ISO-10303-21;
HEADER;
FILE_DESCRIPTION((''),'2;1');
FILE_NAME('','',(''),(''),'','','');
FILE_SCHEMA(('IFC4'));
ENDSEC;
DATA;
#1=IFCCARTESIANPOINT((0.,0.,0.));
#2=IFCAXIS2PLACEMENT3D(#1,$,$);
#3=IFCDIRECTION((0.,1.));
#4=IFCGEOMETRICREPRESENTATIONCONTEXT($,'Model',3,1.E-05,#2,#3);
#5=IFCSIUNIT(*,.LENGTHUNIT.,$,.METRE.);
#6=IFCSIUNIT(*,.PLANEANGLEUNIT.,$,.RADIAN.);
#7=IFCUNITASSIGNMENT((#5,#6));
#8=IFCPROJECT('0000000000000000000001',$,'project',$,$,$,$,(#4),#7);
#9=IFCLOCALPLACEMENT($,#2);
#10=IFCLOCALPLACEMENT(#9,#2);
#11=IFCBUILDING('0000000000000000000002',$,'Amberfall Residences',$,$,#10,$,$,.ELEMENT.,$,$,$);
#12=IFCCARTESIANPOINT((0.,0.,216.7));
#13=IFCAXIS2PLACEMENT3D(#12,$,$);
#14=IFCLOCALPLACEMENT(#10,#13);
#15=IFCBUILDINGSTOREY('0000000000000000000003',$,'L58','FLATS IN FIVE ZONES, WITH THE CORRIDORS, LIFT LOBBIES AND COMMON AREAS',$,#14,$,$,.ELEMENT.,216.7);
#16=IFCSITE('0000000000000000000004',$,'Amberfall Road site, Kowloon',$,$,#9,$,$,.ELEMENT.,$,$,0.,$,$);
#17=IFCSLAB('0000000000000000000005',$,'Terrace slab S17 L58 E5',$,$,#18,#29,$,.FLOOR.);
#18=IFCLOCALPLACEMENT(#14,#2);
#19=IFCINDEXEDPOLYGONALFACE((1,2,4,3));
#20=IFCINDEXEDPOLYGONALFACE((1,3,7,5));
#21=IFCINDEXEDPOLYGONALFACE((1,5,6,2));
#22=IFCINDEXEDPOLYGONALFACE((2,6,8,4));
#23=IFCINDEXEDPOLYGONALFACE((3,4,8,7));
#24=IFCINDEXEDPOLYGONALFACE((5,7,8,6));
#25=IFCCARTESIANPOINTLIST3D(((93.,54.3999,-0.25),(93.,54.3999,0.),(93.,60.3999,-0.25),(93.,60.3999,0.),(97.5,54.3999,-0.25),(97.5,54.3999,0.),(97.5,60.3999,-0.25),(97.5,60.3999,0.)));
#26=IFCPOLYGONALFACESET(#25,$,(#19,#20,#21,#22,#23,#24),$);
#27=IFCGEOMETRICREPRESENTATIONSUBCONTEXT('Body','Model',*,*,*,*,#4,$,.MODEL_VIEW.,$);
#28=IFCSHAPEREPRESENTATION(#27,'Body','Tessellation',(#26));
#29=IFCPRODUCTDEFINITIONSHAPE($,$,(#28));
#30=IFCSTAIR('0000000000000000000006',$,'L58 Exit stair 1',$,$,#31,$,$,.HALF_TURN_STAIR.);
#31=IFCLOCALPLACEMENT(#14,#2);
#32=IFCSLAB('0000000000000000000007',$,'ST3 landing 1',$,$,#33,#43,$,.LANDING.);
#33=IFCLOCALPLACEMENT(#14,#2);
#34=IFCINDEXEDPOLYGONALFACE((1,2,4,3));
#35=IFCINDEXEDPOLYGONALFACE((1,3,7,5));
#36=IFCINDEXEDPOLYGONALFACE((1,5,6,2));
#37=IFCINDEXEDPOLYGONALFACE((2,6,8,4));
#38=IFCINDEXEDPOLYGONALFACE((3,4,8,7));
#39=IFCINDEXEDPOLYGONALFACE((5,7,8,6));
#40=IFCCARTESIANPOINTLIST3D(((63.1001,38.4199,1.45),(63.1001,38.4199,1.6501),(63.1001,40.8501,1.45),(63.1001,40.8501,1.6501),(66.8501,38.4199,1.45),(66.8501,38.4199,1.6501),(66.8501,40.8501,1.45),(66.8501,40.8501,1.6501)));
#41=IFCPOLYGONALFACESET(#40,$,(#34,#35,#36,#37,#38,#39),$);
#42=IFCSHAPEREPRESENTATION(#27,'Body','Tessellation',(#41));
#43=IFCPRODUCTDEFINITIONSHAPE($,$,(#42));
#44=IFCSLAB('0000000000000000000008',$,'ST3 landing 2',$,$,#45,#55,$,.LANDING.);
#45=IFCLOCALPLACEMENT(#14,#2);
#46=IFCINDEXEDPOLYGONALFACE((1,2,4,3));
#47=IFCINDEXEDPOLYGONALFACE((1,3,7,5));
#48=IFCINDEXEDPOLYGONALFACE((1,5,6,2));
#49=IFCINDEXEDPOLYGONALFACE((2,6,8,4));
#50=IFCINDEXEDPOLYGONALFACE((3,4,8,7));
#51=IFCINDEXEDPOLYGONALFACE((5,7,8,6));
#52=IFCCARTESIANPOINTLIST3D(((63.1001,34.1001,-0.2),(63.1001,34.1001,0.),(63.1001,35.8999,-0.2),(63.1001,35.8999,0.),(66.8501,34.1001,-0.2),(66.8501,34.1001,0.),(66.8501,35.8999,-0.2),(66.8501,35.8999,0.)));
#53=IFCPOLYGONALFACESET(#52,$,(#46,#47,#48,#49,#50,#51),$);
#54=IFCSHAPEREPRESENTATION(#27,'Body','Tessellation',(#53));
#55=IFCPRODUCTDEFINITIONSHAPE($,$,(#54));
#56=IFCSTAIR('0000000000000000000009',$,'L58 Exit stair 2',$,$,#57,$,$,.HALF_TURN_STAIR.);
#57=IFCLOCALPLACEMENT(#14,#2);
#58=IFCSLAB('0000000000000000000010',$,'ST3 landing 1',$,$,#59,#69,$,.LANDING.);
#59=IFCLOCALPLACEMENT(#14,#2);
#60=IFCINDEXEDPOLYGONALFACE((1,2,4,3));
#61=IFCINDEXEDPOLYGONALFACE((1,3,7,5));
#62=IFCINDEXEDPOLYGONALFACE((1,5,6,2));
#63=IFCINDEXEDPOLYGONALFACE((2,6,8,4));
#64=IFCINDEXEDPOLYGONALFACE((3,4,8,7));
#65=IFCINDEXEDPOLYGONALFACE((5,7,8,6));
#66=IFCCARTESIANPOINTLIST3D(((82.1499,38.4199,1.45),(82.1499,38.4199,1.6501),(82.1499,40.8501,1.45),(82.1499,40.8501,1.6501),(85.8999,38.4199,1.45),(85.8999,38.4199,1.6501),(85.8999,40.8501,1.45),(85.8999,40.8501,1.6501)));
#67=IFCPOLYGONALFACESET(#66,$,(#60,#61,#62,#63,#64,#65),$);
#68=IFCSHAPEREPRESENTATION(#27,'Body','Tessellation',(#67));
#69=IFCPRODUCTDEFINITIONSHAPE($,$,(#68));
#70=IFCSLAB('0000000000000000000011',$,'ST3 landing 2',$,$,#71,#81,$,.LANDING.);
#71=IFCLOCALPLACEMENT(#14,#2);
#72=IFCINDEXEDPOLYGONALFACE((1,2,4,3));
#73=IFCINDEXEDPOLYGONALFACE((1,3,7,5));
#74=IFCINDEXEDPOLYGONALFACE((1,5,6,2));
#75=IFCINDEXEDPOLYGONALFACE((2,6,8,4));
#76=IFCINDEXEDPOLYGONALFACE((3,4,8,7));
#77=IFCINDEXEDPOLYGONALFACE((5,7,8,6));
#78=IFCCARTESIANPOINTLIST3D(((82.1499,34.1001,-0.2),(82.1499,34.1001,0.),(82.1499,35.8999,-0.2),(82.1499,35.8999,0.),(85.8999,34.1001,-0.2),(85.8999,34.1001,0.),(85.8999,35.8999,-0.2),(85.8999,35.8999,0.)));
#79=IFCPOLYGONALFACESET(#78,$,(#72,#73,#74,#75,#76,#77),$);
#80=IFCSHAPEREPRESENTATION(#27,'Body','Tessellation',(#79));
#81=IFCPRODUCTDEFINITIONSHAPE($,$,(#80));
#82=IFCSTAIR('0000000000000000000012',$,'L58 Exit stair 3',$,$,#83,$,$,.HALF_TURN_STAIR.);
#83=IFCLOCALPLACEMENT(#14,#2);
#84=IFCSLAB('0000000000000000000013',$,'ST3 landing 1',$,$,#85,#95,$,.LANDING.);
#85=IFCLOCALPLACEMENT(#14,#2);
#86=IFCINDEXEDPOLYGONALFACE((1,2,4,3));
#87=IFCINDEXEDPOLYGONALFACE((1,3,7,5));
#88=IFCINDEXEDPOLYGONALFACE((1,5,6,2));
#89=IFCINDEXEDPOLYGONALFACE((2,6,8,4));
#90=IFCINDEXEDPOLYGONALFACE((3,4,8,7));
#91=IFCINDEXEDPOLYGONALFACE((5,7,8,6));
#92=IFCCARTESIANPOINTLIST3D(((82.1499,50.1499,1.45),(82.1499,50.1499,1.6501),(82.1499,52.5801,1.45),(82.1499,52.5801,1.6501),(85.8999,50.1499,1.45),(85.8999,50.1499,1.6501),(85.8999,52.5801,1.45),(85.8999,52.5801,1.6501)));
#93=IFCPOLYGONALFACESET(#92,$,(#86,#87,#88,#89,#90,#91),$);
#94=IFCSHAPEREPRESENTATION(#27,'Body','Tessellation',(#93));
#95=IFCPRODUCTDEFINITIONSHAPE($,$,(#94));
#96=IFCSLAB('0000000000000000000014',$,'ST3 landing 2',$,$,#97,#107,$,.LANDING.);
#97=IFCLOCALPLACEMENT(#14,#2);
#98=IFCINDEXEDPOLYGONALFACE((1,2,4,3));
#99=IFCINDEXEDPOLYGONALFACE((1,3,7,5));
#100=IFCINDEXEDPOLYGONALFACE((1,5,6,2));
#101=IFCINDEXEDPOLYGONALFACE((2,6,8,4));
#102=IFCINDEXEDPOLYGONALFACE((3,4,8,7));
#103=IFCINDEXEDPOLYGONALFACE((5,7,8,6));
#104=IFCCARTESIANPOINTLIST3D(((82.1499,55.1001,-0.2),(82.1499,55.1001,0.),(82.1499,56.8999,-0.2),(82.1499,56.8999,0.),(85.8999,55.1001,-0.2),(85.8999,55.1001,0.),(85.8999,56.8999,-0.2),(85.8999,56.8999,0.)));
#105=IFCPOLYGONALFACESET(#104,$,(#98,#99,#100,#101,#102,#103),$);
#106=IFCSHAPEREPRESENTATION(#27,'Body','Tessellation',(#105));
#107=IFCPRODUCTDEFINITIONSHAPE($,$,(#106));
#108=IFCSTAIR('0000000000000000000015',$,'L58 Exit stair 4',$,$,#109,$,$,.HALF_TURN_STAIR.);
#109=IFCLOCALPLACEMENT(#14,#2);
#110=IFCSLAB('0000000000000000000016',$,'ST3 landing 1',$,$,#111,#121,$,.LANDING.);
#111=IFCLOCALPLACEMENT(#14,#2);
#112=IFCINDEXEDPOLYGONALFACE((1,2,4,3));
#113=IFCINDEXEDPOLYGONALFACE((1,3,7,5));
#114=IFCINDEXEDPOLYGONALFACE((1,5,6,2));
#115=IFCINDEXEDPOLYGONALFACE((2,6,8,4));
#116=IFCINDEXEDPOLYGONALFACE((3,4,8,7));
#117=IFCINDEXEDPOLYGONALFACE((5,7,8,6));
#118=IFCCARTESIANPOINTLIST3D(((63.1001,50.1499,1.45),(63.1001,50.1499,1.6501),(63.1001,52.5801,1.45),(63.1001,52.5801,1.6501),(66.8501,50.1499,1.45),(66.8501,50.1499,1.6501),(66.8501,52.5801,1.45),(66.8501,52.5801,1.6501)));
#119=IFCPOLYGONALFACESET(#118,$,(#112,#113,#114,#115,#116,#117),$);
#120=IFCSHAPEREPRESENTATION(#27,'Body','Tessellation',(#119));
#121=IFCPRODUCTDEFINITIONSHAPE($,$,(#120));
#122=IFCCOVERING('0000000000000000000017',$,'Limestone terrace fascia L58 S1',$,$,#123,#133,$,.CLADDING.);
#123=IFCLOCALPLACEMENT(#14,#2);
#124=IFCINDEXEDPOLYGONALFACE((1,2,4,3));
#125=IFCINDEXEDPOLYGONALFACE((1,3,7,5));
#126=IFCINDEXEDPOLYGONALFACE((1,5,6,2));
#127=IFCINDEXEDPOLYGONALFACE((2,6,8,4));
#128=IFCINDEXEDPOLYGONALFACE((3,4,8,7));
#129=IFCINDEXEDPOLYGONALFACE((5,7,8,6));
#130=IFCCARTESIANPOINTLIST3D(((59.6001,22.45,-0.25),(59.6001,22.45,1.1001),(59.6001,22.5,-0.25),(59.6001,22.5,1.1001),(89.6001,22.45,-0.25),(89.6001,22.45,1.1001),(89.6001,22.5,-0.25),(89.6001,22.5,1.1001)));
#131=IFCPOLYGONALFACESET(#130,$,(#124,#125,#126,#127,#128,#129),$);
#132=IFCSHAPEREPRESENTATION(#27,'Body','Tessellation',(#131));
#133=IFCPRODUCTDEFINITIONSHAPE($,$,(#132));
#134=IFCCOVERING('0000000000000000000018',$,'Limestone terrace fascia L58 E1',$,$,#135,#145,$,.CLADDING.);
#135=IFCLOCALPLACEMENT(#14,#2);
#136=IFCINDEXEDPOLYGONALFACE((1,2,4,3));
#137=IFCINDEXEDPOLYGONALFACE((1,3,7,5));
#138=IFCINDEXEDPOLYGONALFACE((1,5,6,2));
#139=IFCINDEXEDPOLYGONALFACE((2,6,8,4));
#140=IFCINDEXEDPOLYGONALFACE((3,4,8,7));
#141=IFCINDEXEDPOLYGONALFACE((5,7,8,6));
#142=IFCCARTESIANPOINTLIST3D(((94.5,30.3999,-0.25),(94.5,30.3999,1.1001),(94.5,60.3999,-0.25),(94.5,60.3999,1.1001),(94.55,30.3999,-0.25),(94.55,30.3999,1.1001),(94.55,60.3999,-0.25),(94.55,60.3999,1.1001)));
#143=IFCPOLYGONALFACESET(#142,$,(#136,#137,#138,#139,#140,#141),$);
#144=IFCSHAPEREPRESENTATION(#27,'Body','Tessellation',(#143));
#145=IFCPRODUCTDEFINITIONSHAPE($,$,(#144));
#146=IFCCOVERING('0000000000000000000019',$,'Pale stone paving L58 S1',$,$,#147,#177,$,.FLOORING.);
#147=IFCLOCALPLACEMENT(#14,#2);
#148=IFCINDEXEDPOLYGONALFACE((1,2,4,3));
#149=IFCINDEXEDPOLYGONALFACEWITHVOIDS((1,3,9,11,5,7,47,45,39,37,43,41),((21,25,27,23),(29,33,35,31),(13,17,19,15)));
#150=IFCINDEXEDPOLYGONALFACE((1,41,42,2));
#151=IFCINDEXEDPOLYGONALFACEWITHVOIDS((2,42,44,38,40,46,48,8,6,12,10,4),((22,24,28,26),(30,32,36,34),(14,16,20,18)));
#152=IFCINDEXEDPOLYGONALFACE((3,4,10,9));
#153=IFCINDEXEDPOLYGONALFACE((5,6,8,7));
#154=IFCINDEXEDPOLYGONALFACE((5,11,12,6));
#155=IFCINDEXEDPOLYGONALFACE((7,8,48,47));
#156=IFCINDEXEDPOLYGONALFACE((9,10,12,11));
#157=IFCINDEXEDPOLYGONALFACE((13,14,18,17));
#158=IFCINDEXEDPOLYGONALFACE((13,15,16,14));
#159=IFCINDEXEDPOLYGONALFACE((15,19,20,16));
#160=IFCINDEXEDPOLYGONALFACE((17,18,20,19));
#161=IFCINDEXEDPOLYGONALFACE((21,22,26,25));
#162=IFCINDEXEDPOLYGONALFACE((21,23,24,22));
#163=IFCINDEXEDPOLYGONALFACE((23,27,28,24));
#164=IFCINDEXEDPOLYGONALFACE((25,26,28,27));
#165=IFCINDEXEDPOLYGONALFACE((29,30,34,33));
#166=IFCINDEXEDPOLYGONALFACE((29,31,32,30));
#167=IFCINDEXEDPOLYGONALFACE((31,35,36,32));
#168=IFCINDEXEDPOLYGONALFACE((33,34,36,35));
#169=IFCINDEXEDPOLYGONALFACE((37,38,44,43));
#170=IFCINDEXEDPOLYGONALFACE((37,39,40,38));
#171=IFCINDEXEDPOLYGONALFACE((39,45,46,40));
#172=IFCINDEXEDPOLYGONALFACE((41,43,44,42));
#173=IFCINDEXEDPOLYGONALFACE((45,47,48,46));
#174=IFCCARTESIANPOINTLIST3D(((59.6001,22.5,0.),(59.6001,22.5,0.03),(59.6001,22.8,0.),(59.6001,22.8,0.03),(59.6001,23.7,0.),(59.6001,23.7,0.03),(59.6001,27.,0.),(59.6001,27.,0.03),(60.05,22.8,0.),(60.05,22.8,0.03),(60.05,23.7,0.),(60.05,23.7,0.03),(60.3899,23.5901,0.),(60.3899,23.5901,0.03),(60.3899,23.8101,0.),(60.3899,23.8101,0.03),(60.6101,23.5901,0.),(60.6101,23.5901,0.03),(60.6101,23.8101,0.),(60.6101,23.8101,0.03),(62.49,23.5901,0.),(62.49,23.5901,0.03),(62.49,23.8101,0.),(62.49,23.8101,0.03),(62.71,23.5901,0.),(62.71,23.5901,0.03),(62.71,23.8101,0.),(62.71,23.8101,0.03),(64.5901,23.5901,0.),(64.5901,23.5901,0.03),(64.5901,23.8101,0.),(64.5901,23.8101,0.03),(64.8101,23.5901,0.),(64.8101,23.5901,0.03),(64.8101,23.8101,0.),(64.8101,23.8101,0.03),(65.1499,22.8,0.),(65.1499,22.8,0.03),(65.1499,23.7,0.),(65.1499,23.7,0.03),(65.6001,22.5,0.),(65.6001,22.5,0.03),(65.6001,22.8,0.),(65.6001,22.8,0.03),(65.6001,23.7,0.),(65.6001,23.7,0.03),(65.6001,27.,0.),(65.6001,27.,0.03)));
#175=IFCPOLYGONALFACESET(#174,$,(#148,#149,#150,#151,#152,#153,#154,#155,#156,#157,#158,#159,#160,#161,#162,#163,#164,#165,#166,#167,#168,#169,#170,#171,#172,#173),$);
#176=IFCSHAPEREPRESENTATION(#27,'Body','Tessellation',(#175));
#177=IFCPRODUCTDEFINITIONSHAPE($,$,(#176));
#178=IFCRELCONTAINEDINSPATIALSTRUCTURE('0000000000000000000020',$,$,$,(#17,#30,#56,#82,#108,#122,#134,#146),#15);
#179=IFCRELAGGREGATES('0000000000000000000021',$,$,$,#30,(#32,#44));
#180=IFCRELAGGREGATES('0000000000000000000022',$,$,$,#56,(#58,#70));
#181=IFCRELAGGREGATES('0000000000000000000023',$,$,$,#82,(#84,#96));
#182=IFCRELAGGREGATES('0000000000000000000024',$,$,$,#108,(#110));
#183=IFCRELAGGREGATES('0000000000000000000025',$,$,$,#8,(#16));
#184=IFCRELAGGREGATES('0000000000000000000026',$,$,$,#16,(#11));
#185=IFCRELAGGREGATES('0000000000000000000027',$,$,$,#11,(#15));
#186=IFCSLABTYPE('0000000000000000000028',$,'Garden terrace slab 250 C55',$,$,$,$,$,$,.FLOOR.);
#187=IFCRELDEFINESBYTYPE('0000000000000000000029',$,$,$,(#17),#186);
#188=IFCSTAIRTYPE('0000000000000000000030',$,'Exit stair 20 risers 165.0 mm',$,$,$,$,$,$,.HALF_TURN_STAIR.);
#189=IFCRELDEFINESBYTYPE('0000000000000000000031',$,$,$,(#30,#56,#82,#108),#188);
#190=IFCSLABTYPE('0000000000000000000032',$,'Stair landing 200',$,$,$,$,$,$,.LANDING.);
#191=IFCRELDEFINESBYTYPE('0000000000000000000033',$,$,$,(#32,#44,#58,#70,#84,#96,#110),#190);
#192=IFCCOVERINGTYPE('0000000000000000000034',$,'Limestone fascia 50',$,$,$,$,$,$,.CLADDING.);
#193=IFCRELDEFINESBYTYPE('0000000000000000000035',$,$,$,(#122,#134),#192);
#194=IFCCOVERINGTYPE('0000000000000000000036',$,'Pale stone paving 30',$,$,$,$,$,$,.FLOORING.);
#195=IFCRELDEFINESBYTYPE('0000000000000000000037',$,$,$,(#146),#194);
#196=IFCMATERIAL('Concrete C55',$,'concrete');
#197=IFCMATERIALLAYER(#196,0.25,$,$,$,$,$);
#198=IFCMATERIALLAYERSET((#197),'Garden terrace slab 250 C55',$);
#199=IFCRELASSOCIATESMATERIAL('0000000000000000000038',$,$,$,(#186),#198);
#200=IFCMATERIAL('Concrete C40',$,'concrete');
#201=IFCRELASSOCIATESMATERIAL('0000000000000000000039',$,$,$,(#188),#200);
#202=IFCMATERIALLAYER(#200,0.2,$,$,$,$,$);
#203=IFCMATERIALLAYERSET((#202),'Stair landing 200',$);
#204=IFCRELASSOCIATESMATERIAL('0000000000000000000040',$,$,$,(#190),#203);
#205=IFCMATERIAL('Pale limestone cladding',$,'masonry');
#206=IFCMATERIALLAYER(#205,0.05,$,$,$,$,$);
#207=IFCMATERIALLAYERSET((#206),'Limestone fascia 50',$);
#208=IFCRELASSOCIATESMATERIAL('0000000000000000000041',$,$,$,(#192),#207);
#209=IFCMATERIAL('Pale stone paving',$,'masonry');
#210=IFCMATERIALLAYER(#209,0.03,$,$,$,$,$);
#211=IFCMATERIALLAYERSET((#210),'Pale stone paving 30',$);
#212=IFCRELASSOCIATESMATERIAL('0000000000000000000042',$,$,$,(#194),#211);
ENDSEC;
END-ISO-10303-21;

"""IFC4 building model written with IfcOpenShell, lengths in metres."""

from ifc_helpers import new_model, si_unit, direction, frame, origin, place, context, subcontext, project, spatial, polyline, outline, extrude, material, layer, layer_set, type_object, element, aggregate, save


model = new_model("IFC4")

# Units and contexts
model_context = context("Model", 3, precision=1e-05, world=origin(), true_north=direction((0.0, 1.0)))
body_context = subcontext(model_context, "Body", "Model", "MODEL_VIEW")
ifc_project = project(units=[si_unit("LENGTHUNIT", "METRE"), si_unit("PLANEANGLEUNIT", "RADIAN")], contexts=[model_context])

# Site, building, storey
site_placement = place(None, origin())
site = spatial("IfcSite", under=ifc_project, at=site_placement, Name="Amberfall Road site, Kowloon", CompositionType="ELEMENT", RefElevation=0.0)
building_placement = place(site_placement, origin())
building = spatial("IfcBuilding", under=site, at=building_placement, Name="Amberfall Residences", CompositionType="ELEMENT")
storey_placement = place(building_placement, frame((0.0, 0.0, 216.7)))
storey = spatial("IfcBuildingStorey", under=building, at=storey_placement, Name="L58", Description="FLATS IN FIVE ZONES, WITH THE CORRIDORS, LIFT LOBBIES AND COMMON AREAS", CompositionType="ELEMENT", Elevation=216.7)

# Slab
ifc_material_1 = material(Name="Concrete C55", Category="concrete")
ifc_layer_1 = layer(ifc_material_1, 0.25)
ifc_layer_set_1 = layer_set([ifc_layer_1], Name="Garden terrace slab 250 C55")
slab_type_1 = type_object("IfcSlabType", Name="Garden terrace slab 250 C55", PredefinedType="FLOOR", material=ifc_layer_set_1)
slab_1_placement = place(storey_placement, frame((0.0, 0.0, -0.25)))
element("IfcSlab", 1, at=slab_1_placement, inside=storey, type_object=slab_type_1, Name="Terrace slab S17 L58 E5", PredefinedType="FLOOR", context=body_context, shape_type="SweptSolid", body=[
    extrude(outline(polyline([(97.5, 54.3999), (97.5, 60.3999), (93.0, 60.3999), (93.0, 54.3999), (97.5, 54.3999)])), origin(), (0.0, 0.0, 1.0), 0.25),
])

# Stairs, slabs
ifc_material_2 = material(Name="Concrete C40", Category="concrete")
stair_type = type_object("IfcStairType", Name="Exit stair 20 risers 165.0 mm", PredefinedType="HALF_TURN_STAIR", material=ifc_material_2)
stair_1_placement = place(storey_placement, origin())
stair_1 = element("IfcStair", 2, at=stair_1_placement, inside=storey, type_object=stair_type, Name="L58 Exit stair 1", PredefinedType="HALF_TURN_STAIR")
ifc_layer_2 = layer(ifc_material_2, 0.2)
ifc_layer_set_2 = layer_set([ifc_layer_2], Name="Stair landing 200")
slab_type_2 = type_object("IfcSlabType", Name="Stair landing 200", PredefinedType="LANDING", material=ifc_layer_set_2)
slab_2_placement = place(storey_placement, frame((0.0, 0.0, 1.45)))
slab_2 = element("IfcSlab", 3, at=slab_2_placement, type_object=slab_type_2, Name="ST3 landing 1", PredefinedType="LANDING", context=body_context, shape_type="SweptSolid", body=[
    extrude(outline(polyline([(66.8501, 38.4199), (66.8501, 40.8501), (63.1001, 40.8501), (63.1001, 38.4199), (66.8501, 38.4199)])), origin(), (0.0, 0.0, 1.0), 0.2002),
])
slab_3_placement = place(storey_placement, frame((0.0, 0.0, -0.2)))
slab_3 = element("IfcSlab", 4, at=slab_3_placement, type_object=slab_type_2, Name="ST3 landing 2", PredefinedType="LANDING", context=body_context, shape_type="SweptSolid", body=[
    extrude(outline(polyline([(66.8501, 34.1001), (66.8501, 35.8999), (63.1001, 35.8999), (63.1001, 34.1001), (66.8501, 34.1001)])), origin(), (0.0, 0.0, 1.0), 0.2),
])
aggregate(stair_1, [slab_2, slab_3])
stair_2_placement = place(storey_placement, origin())
stair_2 = element("IfcStair", 5, at=stair_2_placement, inside=storey, type_object=stair_type, Name="L58 Exit stair 2", PredefinedType="HALF_TURN_STAIR")
slab_4_placement = place(storey_placement, frame((0.0, 0.0, 1.45)))
slab_4 = element("IfcSlab", 6, at=slab_4_placement, type_object=slab_type_2, Name="ST3 landing 1", PredefinedType="LANDING", context=body_context, shape_type="SweptSolid", body=[
    extrude(outline(polyline([(85.8999, 38.4199), (85.8999, 40.8501), (82.1499, 40.8501), (82.1499, 38.4199), (85.8999, 38.4199)])), origin(), (0.0, 0.0, 1.0), 0.2002),
])
slab_5_placement = place(storey_placement, frame((0.0, 0.0, -0.2)))
slab_5 = element("IfcSlab", 7, at=slab_5_placement, type_object=slab_type_2, Name="ST3 landing 2", PredefinedType="LANDING", context=body_context, shape_type="SweptSolid", body=[
    extrude(outline(polyline([(85.8999, 34.1001), (85.8999, 35.8999), (82.1499, 35.8999), (82.1499, 34.1001), (85.8999, 34.1001)])), origin(), (0.0, 0.0, 1.0), 0.2),
])
aggregate(stair_2, [slab_4, slab_5])
stair_3_placement = place(storey_placement, origin())
stair_3 = element("IfcStair", 8, at=stair_3_placement, inside=storey, type_object=stair_type, Name="L58 Exit stair 3", PredefinedType="HALF_TURN_STAIR")
slab_6_placement = place(storey_placement, frame((0.0, 0.0, 1.45)))
slab_6 = element("IfcSlab", 9, at=slab_6_placement, type_object=slab_type_2, Name="ST3 landing 1", PredefinedType="LANDING", context=body_context, shape_type="SweptSolid", body=[
    extrude(outline(polyline([(82.1499, 52.5801), (82.1499, 50.1499), (85.8999, 50.1499), (85.8999, 52.5801), (82.1499, 52.5801)])), origin(), (0.0, 0.0, 1.0), 0.2002),
])
slab_7_placement = place(storey_placement, frame((0.0, 0.0, -0.2)))
slab_7 = element("IfcSlab", 10, at=slab_7_placement, type_object=slab_type_2, Name="ST3 landing 2", PredefinedType="LANDING", context=body_context, shape_type="SweptSolid", body=[
    extrude(outline(polyline([(82.1499, 56.8999), (82.1499, 55.1001), (85.8999, 55.1001), (85.8999, 56.8999), (82.1499, 56.8999)])), origin(), (0.0, 0.0, 1.0), 0.2),
])
aggregate(stair_3, [slab_6, slab_7])

# Stair, slab
stair_4_placement = place(storey_placement, origin())
stair_4 = element("IfcStair", 11, at=stair_4_placement, inside=storey, type_object=stair_type, Name="L58 Exit stair 4", PredefinedType="HALF_TURN_STAIR")
slab_8_placement = place(storey_placement, frame((0.0, 0.0, 1.45)))
slab_8 = element("IfcSlab", 12, at=slab_8_placement, type_object=slab_type_2, Name="ST3 landing 1", PredefinedType="LANDING", context=body_context, shape_type="SweptSolid", body=[
    extrude(outline(polyline([(63.1001, 52.5801), (63.1001, 50.1499), (66.8501, 50.1499), (66.8501, 52.5801), (63.1001, 52.5801)])), origin(), (0.0, 0.0, 1.0), 0.2002),
])
aggregate(stair_4, [slab_8])

# Coverings
ifc_material_3 = material(Name="Pale limestone cladding", Category="masonry")
ifc_layer_3 = layer(ifc_material_3, 0.05)
ifc_layer_set_3 = layer_set([ifc_layer_3], Name="Limestone fascia 50")
covering_type_1 = type_object("IfcCoveringType", Name="Limestone fascia 50", PredefinedType="CLADDING", material=ifc_layer_set_3)
covering_1_placement = place(storey_placement, frame((0.0, 0.0, -0.25)))
element("IfcCovering", 13, at=covering_1_placement, inside=storey, type_object=covering_type_1, Name="Limestone terrace fascia L58 S1", PredefinedType="CLADDING", context=body_context, shape_type="SweptSolid", body=[
    extrude(outline(polyline([(59.6001, 22.5), (89.6001, 22.5), (89.6001, 22.45), (59.6001, 22.45), (59.6001, 22.5)])), origin(), (0.0, 0.0, 1.0), 1.3501),
])
covering_2_placement = place(storey_placement, frame((0.0, 0.0, -0.25)))
element("IfcCovering", 14, at=covering_2_placement, inside=storey, type_object=covering_type_1, Name="Limestone terrace fascia L58 E1", PredefinedType="CLADDING", context=body_context, shape_type="SweptSolid", body=[
    extrude(outline(polyline([(94.5, 30.3999), (94.5, 60.3999), (94.55, 60.3999), (94.55, 30.3999), (94.5, 30.3999)])), origin(), (0.0, 0.0, 1.0), 1.3501),
])
ifc_material_4 = material(Name="Pale stone paving", Category="masonry")
ifc_layer_4 = layer(ifc_material_4, 0.03)
ifc_layer_set_4 = layer_set([ifc_layer_4], Name="Pale stone paving 30")
covering_type_2 = type_object("IfcCoveringType", Name="Pale stone paving 30", PredefinedType="FLOORING", material=ifc_layer_set_4)
covering_3_placement = place(storey_placement, origin())
element("IfcCovering", 15, at=covering_3_placement, inside=storey, type_object=covering_type_2, Name="Pale stone paving L58 S1", PredefinedType="FLOORING", context=body_context, shape_type="SweptSolid", body=[
    extrude(outline(polyline([(65.6001, 22.5), (65.6001, 22.8), (65.1499, 22.8), (65.1499, 23.7), (65.6001, 23.7), (65.6001, 27.0), (59.6001, 27.0), (59.6001, 23.7), (60.05, 23.7), (60.05, 22.8), (59.6001, 22.8), (59.6001, 22.5), (65.6001, 22.5)]), holes=[polyline([(60.3899, 23.5901), (60.6101, 23.5901), (60.6101, 23.8101), (60.3899, 23.8101), (60.3899, 23.5901)]), polyline([(62.49, 23.5901), (62.71, 23.5901), (62.71, 23.8101), (62.49, 23.8101), (62.49, 23.5901)]), polyline([(64.5901, 23.5901), (64.8101, 23.5901), (64.8101, 23.8101), (64.5901, 23.8101), (64.5901, 23.5901)])]), origin(), (0.0, 0.0, 1.0), 0.03),
])

save(model, "model.ifc")
